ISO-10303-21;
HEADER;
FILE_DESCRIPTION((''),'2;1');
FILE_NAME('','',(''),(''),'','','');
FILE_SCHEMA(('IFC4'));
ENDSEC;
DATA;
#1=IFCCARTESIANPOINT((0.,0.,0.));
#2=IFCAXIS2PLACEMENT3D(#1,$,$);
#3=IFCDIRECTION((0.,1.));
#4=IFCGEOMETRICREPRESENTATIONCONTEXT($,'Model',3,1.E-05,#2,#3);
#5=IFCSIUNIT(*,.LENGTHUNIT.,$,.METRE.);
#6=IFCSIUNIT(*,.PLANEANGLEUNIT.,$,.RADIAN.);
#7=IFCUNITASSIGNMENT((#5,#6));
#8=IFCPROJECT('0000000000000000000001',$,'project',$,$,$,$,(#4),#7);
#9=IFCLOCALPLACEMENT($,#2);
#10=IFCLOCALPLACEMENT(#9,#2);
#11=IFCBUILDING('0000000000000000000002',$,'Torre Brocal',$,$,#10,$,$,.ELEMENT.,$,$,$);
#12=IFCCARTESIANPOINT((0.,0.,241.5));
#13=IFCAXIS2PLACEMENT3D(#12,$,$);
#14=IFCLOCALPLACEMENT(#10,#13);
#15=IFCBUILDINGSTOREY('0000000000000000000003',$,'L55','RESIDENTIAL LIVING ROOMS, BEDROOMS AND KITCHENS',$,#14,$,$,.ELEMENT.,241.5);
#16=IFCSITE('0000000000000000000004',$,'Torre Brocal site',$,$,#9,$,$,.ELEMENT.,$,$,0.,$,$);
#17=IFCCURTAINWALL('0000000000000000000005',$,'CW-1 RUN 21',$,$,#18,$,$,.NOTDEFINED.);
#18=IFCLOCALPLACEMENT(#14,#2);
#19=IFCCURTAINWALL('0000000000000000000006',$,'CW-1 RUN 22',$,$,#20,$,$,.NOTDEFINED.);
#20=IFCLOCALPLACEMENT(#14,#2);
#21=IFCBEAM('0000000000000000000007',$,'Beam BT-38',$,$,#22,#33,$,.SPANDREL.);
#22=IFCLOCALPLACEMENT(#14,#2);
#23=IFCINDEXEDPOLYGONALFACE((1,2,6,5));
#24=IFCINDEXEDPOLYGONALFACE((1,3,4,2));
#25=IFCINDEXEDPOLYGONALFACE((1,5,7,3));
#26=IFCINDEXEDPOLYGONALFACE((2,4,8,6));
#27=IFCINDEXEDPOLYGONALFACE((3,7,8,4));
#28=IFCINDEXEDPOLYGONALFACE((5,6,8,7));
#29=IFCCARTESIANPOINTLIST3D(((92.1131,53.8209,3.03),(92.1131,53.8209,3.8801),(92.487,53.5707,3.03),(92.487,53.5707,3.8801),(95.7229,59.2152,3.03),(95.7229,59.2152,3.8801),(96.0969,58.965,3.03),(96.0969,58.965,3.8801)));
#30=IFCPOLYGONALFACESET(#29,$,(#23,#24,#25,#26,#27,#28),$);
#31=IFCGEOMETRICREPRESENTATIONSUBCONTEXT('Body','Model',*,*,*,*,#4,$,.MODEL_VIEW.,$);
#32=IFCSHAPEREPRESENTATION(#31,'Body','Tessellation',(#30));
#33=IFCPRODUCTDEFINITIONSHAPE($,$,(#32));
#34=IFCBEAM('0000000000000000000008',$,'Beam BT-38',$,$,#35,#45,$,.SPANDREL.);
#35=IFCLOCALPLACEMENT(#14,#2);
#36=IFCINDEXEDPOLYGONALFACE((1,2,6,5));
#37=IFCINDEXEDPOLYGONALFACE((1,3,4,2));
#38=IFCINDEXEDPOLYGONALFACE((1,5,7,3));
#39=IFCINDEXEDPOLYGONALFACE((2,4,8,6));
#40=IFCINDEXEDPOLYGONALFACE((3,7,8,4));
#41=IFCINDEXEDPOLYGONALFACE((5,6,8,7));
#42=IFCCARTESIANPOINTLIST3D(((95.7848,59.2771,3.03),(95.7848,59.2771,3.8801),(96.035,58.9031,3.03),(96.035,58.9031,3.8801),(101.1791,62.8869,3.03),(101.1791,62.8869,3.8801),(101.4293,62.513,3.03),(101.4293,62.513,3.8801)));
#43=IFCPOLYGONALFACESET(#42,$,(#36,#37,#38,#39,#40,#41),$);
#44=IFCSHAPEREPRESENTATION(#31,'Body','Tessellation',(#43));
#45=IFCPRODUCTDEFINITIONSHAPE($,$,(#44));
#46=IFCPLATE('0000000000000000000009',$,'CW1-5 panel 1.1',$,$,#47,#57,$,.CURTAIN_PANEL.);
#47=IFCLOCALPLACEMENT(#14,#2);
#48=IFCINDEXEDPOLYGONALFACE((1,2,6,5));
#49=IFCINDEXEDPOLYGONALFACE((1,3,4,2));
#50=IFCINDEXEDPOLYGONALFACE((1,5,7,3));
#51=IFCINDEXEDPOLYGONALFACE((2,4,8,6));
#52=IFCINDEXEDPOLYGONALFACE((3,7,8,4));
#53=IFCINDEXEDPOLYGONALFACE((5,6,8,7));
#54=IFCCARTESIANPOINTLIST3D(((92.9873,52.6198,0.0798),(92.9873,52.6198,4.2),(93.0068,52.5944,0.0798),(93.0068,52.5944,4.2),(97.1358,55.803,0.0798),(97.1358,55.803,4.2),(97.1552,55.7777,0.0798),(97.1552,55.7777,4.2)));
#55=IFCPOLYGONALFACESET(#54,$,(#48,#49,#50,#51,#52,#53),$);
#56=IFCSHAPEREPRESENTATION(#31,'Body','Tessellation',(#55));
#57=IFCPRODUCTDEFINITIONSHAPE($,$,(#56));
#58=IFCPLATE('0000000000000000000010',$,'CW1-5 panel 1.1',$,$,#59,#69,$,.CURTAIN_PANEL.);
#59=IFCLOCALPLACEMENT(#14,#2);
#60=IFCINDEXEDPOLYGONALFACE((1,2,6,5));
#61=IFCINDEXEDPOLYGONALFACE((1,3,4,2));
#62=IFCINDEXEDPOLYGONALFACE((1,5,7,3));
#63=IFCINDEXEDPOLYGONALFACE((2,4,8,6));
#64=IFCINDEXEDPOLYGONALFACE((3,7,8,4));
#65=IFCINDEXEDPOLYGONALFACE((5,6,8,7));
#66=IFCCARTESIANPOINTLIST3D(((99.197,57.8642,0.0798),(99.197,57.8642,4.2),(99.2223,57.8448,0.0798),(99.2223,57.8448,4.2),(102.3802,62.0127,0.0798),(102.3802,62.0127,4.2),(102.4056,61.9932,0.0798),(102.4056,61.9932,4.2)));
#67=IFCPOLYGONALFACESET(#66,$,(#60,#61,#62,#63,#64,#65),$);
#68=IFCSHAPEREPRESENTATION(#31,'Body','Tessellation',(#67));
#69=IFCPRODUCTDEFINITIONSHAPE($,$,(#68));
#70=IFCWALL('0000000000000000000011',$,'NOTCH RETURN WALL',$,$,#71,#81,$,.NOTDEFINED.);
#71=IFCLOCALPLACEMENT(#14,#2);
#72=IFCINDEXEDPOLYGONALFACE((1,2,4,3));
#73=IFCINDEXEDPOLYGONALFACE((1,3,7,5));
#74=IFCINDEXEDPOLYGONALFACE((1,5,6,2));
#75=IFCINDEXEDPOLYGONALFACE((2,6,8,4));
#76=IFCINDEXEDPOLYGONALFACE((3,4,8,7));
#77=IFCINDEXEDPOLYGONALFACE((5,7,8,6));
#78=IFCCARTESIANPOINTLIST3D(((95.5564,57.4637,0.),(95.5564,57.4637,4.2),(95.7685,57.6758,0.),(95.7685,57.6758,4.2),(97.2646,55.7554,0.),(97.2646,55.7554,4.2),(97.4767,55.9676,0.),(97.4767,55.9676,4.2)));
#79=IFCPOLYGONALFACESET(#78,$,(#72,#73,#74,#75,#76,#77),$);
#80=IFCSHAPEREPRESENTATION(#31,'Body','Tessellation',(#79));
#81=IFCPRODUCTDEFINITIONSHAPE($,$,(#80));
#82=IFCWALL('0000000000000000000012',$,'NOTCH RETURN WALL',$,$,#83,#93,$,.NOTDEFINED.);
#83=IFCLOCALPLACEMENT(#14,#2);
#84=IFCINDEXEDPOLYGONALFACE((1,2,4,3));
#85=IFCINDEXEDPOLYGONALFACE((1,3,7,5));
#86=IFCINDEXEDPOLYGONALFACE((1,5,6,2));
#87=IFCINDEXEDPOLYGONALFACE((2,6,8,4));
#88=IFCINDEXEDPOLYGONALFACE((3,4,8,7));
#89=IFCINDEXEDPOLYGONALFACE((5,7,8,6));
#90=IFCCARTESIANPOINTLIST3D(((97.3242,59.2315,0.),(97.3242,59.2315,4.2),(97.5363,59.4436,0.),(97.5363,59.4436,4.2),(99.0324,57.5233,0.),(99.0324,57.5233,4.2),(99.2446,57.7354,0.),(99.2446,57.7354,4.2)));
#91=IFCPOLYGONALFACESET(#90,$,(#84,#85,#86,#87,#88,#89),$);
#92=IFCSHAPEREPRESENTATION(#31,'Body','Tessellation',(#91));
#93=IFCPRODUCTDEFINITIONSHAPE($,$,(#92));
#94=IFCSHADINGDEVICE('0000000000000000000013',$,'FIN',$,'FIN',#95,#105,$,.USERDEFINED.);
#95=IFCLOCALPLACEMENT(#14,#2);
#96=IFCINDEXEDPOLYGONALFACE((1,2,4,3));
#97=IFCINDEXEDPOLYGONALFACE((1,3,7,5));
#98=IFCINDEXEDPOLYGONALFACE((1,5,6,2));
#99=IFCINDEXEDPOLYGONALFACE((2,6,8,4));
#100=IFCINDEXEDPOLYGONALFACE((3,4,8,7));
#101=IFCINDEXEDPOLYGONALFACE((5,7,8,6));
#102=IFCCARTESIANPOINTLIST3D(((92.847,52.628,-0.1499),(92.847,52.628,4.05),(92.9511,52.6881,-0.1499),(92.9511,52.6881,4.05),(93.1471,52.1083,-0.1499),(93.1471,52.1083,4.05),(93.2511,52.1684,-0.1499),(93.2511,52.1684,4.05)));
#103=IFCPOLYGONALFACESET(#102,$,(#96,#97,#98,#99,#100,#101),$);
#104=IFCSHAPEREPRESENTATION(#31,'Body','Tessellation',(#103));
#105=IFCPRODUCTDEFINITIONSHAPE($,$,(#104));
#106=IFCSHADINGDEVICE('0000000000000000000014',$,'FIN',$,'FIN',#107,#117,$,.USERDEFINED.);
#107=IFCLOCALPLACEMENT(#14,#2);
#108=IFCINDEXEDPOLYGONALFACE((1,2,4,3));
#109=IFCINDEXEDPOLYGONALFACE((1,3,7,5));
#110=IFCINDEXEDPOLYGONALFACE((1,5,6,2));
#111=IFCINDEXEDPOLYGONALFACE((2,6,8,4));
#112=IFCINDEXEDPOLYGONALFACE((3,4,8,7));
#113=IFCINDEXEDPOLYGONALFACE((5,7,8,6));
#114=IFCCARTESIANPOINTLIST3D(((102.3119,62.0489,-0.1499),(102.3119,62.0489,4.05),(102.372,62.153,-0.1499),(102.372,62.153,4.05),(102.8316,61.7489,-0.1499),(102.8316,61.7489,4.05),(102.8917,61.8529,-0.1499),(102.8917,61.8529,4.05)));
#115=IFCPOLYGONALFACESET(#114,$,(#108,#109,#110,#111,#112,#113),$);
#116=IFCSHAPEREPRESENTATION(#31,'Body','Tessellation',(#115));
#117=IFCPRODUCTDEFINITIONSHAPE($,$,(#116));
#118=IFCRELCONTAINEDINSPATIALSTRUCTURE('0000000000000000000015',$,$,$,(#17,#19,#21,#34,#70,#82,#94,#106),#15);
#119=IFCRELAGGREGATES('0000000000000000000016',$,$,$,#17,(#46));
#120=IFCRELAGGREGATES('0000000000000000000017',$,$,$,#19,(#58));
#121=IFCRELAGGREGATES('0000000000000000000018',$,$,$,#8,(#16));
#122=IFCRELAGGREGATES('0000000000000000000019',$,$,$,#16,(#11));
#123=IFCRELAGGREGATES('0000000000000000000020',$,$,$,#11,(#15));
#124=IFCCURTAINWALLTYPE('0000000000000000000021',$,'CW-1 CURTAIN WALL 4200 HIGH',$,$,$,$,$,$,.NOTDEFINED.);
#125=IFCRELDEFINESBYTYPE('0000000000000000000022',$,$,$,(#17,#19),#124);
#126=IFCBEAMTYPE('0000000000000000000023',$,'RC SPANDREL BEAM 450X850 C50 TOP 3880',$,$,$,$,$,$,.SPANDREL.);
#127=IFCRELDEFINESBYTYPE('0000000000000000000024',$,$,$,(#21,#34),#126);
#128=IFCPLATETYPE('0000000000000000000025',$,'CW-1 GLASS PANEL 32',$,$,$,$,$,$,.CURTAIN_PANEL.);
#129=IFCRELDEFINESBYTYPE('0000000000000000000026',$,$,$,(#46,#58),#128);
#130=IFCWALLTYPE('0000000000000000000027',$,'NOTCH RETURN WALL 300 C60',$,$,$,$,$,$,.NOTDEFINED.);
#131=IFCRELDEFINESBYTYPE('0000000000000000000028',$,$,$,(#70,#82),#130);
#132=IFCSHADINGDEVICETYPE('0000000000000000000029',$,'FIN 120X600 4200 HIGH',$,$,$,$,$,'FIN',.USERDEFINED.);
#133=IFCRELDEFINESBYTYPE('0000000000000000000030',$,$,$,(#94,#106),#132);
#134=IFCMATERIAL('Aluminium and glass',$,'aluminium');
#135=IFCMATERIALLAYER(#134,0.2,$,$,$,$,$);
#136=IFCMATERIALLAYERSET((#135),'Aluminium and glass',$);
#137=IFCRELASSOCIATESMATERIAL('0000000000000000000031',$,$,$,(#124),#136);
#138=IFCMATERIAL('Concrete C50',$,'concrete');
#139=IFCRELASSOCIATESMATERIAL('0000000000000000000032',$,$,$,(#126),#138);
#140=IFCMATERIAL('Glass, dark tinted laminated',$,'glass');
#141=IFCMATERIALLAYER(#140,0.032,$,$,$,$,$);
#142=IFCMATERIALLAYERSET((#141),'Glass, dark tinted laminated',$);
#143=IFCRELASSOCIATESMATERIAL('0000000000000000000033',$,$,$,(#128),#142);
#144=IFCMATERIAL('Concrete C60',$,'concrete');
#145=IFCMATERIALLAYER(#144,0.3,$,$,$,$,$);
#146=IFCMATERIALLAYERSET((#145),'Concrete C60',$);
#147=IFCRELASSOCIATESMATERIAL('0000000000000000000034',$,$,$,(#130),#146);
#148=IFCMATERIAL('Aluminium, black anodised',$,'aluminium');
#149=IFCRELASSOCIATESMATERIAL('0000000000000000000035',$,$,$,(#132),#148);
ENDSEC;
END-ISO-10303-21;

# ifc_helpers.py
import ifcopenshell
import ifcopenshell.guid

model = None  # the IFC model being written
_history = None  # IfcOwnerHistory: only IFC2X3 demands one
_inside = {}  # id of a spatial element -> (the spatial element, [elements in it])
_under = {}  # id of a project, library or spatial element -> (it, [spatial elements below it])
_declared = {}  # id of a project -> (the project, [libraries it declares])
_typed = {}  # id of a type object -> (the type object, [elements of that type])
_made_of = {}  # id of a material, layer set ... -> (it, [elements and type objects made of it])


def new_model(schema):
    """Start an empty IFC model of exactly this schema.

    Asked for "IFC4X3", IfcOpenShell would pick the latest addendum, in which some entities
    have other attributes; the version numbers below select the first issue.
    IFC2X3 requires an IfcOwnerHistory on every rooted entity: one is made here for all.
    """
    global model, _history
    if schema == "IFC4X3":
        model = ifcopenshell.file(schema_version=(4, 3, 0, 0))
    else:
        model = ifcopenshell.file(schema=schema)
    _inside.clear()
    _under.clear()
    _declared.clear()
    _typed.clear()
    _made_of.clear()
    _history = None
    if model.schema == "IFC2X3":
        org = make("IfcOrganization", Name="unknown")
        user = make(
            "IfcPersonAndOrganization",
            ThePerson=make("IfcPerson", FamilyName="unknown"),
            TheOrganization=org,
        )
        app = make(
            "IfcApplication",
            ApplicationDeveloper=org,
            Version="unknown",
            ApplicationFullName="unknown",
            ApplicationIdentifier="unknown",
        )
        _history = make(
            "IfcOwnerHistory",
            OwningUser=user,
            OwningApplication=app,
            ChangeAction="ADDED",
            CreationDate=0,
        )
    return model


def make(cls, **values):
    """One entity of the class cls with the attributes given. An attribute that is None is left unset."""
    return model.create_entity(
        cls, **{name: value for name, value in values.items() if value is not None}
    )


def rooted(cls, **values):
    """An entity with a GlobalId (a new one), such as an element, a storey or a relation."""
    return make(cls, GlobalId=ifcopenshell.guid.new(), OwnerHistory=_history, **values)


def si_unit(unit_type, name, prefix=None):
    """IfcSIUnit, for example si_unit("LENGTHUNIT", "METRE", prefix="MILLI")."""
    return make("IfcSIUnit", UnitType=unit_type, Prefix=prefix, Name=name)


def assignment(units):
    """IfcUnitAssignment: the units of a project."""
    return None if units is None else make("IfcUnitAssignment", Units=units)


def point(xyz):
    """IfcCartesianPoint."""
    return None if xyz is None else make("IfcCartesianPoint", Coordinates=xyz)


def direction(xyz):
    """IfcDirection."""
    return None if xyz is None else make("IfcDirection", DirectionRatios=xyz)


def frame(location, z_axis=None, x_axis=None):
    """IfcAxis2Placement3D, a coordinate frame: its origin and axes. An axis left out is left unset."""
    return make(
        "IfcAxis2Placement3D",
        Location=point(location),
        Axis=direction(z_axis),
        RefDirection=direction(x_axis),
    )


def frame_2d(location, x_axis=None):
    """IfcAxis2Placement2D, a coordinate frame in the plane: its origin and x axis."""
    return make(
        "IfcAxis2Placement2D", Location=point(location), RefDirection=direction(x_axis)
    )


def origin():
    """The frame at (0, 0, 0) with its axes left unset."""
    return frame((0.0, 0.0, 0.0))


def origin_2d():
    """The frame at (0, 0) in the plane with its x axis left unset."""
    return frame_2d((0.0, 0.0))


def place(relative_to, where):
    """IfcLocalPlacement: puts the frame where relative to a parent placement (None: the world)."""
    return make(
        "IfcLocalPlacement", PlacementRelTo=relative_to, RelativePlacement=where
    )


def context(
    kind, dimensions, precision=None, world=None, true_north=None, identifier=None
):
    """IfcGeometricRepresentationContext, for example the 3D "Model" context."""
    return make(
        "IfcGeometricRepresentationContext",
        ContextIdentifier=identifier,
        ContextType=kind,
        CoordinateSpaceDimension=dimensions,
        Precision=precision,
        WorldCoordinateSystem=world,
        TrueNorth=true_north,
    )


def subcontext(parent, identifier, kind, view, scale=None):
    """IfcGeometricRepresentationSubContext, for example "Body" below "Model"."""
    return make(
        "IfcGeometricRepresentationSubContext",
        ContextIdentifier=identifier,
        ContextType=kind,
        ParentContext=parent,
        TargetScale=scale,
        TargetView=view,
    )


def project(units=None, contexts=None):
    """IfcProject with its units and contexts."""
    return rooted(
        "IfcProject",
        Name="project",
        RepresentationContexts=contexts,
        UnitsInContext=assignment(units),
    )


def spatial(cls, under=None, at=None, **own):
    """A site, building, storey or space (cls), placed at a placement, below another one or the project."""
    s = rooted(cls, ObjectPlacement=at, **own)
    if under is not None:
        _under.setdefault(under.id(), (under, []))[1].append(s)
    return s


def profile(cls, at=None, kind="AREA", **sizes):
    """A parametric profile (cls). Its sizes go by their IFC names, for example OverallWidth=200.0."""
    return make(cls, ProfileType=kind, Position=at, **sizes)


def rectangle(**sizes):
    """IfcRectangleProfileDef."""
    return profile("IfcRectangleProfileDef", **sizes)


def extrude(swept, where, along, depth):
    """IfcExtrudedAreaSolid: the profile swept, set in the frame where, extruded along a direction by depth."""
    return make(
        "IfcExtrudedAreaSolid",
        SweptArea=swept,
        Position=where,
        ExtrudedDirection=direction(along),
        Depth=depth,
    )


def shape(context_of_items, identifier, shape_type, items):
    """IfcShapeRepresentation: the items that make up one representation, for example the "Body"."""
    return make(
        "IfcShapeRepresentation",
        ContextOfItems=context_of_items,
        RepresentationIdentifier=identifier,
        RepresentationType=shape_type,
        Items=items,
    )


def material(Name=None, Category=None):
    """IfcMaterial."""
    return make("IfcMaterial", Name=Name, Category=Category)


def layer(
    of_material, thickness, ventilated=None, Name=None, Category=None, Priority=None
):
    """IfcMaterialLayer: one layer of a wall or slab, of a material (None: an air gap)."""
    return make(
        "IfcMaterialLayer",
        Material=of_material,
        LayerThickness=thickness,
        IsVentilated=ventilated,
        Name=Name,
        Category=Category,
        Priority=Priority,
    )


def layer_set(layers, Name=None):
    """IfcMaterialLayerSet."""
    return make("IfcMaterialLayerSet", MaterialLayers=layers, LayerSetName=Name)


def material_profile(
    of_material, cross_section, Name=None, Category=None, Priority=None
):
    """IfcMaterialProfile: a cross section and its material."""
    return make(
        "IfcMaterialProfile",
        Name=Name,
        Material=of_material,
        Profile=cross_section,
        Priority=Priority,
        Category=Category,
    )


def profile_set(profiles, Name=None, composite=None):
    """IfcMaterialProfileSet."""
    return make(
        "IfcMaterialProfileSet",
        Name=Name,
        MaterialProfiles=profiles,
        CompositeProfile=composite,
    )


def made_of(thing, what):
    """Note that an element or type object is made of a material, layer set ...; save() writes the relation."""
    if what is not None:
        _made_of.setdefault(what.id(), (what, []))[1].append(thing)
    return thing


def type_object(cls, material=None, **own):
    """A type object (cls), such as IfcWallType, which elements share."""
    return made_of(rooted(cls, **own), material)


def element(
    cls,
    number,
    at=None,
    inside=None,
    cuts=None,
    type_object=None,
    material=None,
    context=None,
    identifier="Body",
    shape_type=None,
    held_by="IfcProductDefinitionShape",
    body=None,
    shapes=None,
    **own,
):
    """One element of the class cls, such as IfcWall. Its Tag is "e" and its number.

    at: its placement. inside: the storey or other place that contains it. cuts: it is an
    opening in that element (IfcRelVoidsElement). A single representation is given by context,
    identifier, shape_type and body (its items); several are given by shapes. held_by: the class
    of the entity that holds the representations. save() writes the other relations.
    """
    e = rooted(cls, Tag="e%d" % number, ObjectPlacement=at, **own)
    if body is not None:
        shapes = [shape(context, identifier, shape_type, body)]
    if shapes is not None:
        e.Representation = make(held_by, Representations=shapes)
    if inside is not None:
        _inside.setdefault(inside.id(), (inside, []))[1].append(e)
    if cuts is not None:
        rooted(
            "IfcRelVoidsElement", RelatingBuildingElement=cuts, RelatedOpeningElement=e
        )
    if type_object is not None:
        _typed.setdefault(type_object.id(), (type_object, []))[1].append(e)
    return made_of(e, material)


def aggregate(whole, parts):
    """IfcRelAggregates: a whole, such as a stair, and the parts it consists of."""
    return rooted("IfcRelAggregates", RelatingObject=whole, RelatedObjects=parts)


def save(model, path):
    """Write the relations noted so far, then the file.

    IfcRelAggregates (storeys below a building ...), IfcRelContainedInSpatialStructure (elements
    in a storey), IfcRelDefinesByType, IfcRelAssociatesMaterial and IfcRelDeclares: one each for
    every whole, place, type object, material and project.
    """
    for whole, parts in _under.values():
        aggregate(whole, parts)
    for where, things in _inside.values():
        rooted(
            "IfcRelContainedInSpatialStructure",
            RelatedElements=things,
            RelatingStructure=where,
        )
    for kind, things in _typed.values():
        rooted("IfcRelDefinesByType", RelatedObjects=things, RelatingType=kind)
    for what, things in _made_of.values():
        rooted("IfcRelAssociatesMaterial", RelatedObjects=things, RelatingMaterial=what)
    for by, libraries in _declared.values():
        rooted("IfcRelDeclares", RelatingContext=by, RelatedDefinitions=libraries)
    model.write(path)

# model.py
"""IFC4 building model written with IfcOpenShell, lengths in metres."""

from ifc_helpers import new_model, si_unit, direction, frame, frame_2d, origin, origin_2d, place, context, subcontext, project, spatial, rectangle, extrude, material, layer, layer_set, material_profile, profile_set, type_object, element, aggregate, save


model = new_model("IFC4")

# Units and contexts
model_context = context("Model", 3, precision=1e-05, world=origin(), true_north=direction((0.0, 1.0)))
body_context = subcontext(model_context, "Body", "Model", "MODEL_VIEW")
ifc_project = project(units=[si_unit("LENGTHUNIT", "METRE"), si_unit("PLANEANGLEUNIT", "RADIAN")], contexts=[model_context])

# Site, building, storey
site_placement = place(None, origin())
site = spatial("IfcSite", under=ifc_project, at=site_placement, Name="Torre Brocal site", CompositionType="ELEMENT", RefElevation=0.0)
building_placement = place(site_placement, origin())
building = spatial("IfcBuilding", under=site, at=building_placement, Name="Torre Brocal", CompositionType="ELEMENT")
storey_placement = place(building_placement, frame((0.0, 0.0, 241.5)))
storey = spatial("IfcBuildingStorey", under=building, at=storey_placement, Name="L55", Description="RESIDENTIAL LIVING ROOMS, BEDROOMS AND KITCHENS", CompositionType="ELEMENT", Elevation=241.5)

# Shared definitions
ifc_material_1 = material(Name="Aluminium and glass", Category="aluminium")
ifc_layer_1 = layer(ifc_material_1, 0.2)
ifc_layer_set_1 = layer_set([ifc_layer_1], Name="Aluminium and glass")
curtain_wall_type = type_object("IfcCurtainWallType", Name="CW-1 CURTAIN WALL 4200 HIGH", PredefinedType="NOTDEFINED", material=ifc_layer_set_1)

# Curtain walls
curtain_wall_1_placement = place(storey_placement, origin())
curtain_wall_1 = element("IfcCurtainWall", 1, at=curtain_wall_1_placement, inside=storey, type_object=curtain_wall_type, Name="CW-1 RUN 21", PredefinedType="NOTDEFINED")
curtain_wall_2_placement = place(storey_placement, origin())
curtain_wall_2 = element("IfcCurtainWall", 2, at=curtain_wall_2_placement, inside=storey, type_object=curtain_wall_type, Name="CW-1 RUN 22", PredefinedType="NOTDEFINED")

# Beams
ifc_material_2 = material(Name="Concrete C50", Category="concrete")
ifc_material_profile_1 = material_profile(ifc_material_2, rectangle(XDim=0.45, YDim=0.8501, at=origin_2d()), Name="RC 450X850")
ifc_profile_set_1 = profile_set([ifc_material_profile_1], Name="Concrete C50")
beam_type_1 = type_object("IfcBeamType", Name="RC SPANDREL BEAM 450X850 C50 TOP 3880", PredefinedType="SPANDREL", material=ifc_profile_set_1)
for number, where, z_axis, x_axis, name in (
    (3, (92.3, 53.6958, 3.4551), (0.556158, 0.831077, 0.0), (-0.831077, 0.556158, 0.0), "Beam BT-38"),
    (4, (95.9099, 59.0901, 3.4551), (0.831077, 0.556158, 0.0), (-0.556158, 0.831077, 0.0), "Beam BT-38"),
):
    element("IfcBeam", number, at=place(storey_placement, frame(where, z_axis=z_axis, x_axis=x_axis)), inside=storey, type_object=beam_type_1, Name=name, PredefinedType="SPANDREL", context=body_context, shape_type="SweptSolid", body=[
        extrude(rectangle(XDim=0.45, YDim=0.8501, at=origin_2d()), origin(), (0.0, 0.0, 1.0), 6.4907),
    ])

# Plates
ifc_material_3 = material(Name="Glass, dark tinted laminated", Category="glass")
ifc_layer_2 = layer(ifc_material_3, 0.032)
ifc_layer_set_2 = layer_set([ifc_layer_2], Name="Glass, dark tinted laminated")
plate_type = type_object("IfcPlateType", Name="CW-1 GLASS PANEL 32", PredefinedType="CURTAIN_PANEL", material=ifc_layer_set_2)
plate_1_placement = place(storey_placement, frame((95.0713, 54.1987, 0.0798), z_axis=(0.0, 0.0, 1.0), x_axis=(0.793353, 0.608761, 0.0)))
plate_1 = element("IfcPlate", 5, at=plate_1_placement, type_object=plate_type, Name="CW1-5 panel 1.1", PredefinedType="CURTAIN_PANEL", context=body_context, shape_type="SweptSolid", body=[
    extrude(rectangle(XDim=5.229, YDim=0.032, at=origin_2d()), origin(), (0.0, 0.0, 1.0), 4.1201),
])
aggregate(curtain_wall_1, [plate_1])
plate_2_placement = place(storey_placement, frame((100.8013, 59.9287, 0.0798), z_axis=(0.0, 0.0, 1.0), x_axis=(0.608761, 0.793353, 0.0)))
plate_2 = element("IfcPlate", 6, at=plate_2_placement, type_object=plate_type, Name="CW1-5 panel 1.1", PredefinedType="CURTAIN_PANEL", context=body_context, shape_type="SweptSolid", body=[
    extrude(rectangle(XDim=5.229, YDim=0.032, at=origin_2d()), origin(), (0.0, 0.0, 1.0), 4.1201),
])
aggregate(curtain_wall_2, [plate_2])

# Walls
ifc_material_4 = material(Name="Concrete C60", Category="concrete")
ifc_layer_3 = layer(ifc_material_4, 0.3)
ifc_layer_set_3 = layer_set([ifc_layer_3], Name="Concrete C60")
wall_type = type_object("IfcWallType", Name="NOTCH RETURN WALL 300 C60", PredefinedType="NOTDEFINED", material=ifc_layer_set_3)
for number, where, z_axis, x_axis, name in (
    (7, (95.6624, 57.5698, 0.0), (0.0, 0.0, 1.0), (0.707107, -0.707107, 0.0), "NOTCH RETURN WALL"),
    (8, (97.4302, 59.3376, 0.0), (0.0, 0.0, 1.0), (0.707107, -0.707107, 0.0), "NOTCH RETURN WALL"),
):
    element("IfcWall", number, at=place(storey_placement, frame(where, z_axis=z_axis, x_axis=x_axis)), inside=storey, type_object=wall_type, Name=name, PredefinedType="NOTDEFINED", context=body_context, shape_type="SweptSolid", body=[
        extrude(rectangle(XDim=2.4158, YDim=0.3, at=frame_2d((1.208, 0.0))), origin(), (0.0, 0.0, 1.0), 4.2),
    ])

# Shading devices
ifc_material_5 = material(Name="Aluminium, black anodised", Category="aluminium")
ifc_material_profile_2 = material_profile(ifc_material_5, rectangle(XDim=0.1201, YDim=0.6001, at=origin_2d()), Name="FIN 120X600 4200 HIGH")
ifc_profile_set_2 = profile_set([ifc_material_profile_2], Name="Aluminium, black anodised")
shading_device_type = type_object("IfcShadingDeviceType", Name="FIN 120X600 4200 HIGH", ElementType="FIN", PredefinedType="USERDEFINED", material=ifc_profile_set_2)
for number, where, z_axis, x_axis, name in (
    (9, (93.0491, 52.3982, -0.1499), (0.0, 0.0, 1.0), (0.866025, 0.5, 0.0), "FIN"),
    (10, (102.6018, 61.9509, -0.1499), (0.0, 0.0, 1.0), (0.5, 0.866025, 0.0), "FIN"),
):
    element("IfcShadingDevice", number, at=place(storey_placement, frame(where, z_axis=z_axis, x_axis=x_axis)), inside=storey, type_object=shading_device_type, Name=name, ObjectType="FIN", PredefinedType="USERDEFINED", context=body_context, shape_type="SweptSolid", body=[
        extrude(rectangle(XDim=0.1201, YDim=0.6001, at=origin_2d()), origin(), (0.0, 0.0, 1.0), 4.2),
    ])

save(model, "model.ifc")
